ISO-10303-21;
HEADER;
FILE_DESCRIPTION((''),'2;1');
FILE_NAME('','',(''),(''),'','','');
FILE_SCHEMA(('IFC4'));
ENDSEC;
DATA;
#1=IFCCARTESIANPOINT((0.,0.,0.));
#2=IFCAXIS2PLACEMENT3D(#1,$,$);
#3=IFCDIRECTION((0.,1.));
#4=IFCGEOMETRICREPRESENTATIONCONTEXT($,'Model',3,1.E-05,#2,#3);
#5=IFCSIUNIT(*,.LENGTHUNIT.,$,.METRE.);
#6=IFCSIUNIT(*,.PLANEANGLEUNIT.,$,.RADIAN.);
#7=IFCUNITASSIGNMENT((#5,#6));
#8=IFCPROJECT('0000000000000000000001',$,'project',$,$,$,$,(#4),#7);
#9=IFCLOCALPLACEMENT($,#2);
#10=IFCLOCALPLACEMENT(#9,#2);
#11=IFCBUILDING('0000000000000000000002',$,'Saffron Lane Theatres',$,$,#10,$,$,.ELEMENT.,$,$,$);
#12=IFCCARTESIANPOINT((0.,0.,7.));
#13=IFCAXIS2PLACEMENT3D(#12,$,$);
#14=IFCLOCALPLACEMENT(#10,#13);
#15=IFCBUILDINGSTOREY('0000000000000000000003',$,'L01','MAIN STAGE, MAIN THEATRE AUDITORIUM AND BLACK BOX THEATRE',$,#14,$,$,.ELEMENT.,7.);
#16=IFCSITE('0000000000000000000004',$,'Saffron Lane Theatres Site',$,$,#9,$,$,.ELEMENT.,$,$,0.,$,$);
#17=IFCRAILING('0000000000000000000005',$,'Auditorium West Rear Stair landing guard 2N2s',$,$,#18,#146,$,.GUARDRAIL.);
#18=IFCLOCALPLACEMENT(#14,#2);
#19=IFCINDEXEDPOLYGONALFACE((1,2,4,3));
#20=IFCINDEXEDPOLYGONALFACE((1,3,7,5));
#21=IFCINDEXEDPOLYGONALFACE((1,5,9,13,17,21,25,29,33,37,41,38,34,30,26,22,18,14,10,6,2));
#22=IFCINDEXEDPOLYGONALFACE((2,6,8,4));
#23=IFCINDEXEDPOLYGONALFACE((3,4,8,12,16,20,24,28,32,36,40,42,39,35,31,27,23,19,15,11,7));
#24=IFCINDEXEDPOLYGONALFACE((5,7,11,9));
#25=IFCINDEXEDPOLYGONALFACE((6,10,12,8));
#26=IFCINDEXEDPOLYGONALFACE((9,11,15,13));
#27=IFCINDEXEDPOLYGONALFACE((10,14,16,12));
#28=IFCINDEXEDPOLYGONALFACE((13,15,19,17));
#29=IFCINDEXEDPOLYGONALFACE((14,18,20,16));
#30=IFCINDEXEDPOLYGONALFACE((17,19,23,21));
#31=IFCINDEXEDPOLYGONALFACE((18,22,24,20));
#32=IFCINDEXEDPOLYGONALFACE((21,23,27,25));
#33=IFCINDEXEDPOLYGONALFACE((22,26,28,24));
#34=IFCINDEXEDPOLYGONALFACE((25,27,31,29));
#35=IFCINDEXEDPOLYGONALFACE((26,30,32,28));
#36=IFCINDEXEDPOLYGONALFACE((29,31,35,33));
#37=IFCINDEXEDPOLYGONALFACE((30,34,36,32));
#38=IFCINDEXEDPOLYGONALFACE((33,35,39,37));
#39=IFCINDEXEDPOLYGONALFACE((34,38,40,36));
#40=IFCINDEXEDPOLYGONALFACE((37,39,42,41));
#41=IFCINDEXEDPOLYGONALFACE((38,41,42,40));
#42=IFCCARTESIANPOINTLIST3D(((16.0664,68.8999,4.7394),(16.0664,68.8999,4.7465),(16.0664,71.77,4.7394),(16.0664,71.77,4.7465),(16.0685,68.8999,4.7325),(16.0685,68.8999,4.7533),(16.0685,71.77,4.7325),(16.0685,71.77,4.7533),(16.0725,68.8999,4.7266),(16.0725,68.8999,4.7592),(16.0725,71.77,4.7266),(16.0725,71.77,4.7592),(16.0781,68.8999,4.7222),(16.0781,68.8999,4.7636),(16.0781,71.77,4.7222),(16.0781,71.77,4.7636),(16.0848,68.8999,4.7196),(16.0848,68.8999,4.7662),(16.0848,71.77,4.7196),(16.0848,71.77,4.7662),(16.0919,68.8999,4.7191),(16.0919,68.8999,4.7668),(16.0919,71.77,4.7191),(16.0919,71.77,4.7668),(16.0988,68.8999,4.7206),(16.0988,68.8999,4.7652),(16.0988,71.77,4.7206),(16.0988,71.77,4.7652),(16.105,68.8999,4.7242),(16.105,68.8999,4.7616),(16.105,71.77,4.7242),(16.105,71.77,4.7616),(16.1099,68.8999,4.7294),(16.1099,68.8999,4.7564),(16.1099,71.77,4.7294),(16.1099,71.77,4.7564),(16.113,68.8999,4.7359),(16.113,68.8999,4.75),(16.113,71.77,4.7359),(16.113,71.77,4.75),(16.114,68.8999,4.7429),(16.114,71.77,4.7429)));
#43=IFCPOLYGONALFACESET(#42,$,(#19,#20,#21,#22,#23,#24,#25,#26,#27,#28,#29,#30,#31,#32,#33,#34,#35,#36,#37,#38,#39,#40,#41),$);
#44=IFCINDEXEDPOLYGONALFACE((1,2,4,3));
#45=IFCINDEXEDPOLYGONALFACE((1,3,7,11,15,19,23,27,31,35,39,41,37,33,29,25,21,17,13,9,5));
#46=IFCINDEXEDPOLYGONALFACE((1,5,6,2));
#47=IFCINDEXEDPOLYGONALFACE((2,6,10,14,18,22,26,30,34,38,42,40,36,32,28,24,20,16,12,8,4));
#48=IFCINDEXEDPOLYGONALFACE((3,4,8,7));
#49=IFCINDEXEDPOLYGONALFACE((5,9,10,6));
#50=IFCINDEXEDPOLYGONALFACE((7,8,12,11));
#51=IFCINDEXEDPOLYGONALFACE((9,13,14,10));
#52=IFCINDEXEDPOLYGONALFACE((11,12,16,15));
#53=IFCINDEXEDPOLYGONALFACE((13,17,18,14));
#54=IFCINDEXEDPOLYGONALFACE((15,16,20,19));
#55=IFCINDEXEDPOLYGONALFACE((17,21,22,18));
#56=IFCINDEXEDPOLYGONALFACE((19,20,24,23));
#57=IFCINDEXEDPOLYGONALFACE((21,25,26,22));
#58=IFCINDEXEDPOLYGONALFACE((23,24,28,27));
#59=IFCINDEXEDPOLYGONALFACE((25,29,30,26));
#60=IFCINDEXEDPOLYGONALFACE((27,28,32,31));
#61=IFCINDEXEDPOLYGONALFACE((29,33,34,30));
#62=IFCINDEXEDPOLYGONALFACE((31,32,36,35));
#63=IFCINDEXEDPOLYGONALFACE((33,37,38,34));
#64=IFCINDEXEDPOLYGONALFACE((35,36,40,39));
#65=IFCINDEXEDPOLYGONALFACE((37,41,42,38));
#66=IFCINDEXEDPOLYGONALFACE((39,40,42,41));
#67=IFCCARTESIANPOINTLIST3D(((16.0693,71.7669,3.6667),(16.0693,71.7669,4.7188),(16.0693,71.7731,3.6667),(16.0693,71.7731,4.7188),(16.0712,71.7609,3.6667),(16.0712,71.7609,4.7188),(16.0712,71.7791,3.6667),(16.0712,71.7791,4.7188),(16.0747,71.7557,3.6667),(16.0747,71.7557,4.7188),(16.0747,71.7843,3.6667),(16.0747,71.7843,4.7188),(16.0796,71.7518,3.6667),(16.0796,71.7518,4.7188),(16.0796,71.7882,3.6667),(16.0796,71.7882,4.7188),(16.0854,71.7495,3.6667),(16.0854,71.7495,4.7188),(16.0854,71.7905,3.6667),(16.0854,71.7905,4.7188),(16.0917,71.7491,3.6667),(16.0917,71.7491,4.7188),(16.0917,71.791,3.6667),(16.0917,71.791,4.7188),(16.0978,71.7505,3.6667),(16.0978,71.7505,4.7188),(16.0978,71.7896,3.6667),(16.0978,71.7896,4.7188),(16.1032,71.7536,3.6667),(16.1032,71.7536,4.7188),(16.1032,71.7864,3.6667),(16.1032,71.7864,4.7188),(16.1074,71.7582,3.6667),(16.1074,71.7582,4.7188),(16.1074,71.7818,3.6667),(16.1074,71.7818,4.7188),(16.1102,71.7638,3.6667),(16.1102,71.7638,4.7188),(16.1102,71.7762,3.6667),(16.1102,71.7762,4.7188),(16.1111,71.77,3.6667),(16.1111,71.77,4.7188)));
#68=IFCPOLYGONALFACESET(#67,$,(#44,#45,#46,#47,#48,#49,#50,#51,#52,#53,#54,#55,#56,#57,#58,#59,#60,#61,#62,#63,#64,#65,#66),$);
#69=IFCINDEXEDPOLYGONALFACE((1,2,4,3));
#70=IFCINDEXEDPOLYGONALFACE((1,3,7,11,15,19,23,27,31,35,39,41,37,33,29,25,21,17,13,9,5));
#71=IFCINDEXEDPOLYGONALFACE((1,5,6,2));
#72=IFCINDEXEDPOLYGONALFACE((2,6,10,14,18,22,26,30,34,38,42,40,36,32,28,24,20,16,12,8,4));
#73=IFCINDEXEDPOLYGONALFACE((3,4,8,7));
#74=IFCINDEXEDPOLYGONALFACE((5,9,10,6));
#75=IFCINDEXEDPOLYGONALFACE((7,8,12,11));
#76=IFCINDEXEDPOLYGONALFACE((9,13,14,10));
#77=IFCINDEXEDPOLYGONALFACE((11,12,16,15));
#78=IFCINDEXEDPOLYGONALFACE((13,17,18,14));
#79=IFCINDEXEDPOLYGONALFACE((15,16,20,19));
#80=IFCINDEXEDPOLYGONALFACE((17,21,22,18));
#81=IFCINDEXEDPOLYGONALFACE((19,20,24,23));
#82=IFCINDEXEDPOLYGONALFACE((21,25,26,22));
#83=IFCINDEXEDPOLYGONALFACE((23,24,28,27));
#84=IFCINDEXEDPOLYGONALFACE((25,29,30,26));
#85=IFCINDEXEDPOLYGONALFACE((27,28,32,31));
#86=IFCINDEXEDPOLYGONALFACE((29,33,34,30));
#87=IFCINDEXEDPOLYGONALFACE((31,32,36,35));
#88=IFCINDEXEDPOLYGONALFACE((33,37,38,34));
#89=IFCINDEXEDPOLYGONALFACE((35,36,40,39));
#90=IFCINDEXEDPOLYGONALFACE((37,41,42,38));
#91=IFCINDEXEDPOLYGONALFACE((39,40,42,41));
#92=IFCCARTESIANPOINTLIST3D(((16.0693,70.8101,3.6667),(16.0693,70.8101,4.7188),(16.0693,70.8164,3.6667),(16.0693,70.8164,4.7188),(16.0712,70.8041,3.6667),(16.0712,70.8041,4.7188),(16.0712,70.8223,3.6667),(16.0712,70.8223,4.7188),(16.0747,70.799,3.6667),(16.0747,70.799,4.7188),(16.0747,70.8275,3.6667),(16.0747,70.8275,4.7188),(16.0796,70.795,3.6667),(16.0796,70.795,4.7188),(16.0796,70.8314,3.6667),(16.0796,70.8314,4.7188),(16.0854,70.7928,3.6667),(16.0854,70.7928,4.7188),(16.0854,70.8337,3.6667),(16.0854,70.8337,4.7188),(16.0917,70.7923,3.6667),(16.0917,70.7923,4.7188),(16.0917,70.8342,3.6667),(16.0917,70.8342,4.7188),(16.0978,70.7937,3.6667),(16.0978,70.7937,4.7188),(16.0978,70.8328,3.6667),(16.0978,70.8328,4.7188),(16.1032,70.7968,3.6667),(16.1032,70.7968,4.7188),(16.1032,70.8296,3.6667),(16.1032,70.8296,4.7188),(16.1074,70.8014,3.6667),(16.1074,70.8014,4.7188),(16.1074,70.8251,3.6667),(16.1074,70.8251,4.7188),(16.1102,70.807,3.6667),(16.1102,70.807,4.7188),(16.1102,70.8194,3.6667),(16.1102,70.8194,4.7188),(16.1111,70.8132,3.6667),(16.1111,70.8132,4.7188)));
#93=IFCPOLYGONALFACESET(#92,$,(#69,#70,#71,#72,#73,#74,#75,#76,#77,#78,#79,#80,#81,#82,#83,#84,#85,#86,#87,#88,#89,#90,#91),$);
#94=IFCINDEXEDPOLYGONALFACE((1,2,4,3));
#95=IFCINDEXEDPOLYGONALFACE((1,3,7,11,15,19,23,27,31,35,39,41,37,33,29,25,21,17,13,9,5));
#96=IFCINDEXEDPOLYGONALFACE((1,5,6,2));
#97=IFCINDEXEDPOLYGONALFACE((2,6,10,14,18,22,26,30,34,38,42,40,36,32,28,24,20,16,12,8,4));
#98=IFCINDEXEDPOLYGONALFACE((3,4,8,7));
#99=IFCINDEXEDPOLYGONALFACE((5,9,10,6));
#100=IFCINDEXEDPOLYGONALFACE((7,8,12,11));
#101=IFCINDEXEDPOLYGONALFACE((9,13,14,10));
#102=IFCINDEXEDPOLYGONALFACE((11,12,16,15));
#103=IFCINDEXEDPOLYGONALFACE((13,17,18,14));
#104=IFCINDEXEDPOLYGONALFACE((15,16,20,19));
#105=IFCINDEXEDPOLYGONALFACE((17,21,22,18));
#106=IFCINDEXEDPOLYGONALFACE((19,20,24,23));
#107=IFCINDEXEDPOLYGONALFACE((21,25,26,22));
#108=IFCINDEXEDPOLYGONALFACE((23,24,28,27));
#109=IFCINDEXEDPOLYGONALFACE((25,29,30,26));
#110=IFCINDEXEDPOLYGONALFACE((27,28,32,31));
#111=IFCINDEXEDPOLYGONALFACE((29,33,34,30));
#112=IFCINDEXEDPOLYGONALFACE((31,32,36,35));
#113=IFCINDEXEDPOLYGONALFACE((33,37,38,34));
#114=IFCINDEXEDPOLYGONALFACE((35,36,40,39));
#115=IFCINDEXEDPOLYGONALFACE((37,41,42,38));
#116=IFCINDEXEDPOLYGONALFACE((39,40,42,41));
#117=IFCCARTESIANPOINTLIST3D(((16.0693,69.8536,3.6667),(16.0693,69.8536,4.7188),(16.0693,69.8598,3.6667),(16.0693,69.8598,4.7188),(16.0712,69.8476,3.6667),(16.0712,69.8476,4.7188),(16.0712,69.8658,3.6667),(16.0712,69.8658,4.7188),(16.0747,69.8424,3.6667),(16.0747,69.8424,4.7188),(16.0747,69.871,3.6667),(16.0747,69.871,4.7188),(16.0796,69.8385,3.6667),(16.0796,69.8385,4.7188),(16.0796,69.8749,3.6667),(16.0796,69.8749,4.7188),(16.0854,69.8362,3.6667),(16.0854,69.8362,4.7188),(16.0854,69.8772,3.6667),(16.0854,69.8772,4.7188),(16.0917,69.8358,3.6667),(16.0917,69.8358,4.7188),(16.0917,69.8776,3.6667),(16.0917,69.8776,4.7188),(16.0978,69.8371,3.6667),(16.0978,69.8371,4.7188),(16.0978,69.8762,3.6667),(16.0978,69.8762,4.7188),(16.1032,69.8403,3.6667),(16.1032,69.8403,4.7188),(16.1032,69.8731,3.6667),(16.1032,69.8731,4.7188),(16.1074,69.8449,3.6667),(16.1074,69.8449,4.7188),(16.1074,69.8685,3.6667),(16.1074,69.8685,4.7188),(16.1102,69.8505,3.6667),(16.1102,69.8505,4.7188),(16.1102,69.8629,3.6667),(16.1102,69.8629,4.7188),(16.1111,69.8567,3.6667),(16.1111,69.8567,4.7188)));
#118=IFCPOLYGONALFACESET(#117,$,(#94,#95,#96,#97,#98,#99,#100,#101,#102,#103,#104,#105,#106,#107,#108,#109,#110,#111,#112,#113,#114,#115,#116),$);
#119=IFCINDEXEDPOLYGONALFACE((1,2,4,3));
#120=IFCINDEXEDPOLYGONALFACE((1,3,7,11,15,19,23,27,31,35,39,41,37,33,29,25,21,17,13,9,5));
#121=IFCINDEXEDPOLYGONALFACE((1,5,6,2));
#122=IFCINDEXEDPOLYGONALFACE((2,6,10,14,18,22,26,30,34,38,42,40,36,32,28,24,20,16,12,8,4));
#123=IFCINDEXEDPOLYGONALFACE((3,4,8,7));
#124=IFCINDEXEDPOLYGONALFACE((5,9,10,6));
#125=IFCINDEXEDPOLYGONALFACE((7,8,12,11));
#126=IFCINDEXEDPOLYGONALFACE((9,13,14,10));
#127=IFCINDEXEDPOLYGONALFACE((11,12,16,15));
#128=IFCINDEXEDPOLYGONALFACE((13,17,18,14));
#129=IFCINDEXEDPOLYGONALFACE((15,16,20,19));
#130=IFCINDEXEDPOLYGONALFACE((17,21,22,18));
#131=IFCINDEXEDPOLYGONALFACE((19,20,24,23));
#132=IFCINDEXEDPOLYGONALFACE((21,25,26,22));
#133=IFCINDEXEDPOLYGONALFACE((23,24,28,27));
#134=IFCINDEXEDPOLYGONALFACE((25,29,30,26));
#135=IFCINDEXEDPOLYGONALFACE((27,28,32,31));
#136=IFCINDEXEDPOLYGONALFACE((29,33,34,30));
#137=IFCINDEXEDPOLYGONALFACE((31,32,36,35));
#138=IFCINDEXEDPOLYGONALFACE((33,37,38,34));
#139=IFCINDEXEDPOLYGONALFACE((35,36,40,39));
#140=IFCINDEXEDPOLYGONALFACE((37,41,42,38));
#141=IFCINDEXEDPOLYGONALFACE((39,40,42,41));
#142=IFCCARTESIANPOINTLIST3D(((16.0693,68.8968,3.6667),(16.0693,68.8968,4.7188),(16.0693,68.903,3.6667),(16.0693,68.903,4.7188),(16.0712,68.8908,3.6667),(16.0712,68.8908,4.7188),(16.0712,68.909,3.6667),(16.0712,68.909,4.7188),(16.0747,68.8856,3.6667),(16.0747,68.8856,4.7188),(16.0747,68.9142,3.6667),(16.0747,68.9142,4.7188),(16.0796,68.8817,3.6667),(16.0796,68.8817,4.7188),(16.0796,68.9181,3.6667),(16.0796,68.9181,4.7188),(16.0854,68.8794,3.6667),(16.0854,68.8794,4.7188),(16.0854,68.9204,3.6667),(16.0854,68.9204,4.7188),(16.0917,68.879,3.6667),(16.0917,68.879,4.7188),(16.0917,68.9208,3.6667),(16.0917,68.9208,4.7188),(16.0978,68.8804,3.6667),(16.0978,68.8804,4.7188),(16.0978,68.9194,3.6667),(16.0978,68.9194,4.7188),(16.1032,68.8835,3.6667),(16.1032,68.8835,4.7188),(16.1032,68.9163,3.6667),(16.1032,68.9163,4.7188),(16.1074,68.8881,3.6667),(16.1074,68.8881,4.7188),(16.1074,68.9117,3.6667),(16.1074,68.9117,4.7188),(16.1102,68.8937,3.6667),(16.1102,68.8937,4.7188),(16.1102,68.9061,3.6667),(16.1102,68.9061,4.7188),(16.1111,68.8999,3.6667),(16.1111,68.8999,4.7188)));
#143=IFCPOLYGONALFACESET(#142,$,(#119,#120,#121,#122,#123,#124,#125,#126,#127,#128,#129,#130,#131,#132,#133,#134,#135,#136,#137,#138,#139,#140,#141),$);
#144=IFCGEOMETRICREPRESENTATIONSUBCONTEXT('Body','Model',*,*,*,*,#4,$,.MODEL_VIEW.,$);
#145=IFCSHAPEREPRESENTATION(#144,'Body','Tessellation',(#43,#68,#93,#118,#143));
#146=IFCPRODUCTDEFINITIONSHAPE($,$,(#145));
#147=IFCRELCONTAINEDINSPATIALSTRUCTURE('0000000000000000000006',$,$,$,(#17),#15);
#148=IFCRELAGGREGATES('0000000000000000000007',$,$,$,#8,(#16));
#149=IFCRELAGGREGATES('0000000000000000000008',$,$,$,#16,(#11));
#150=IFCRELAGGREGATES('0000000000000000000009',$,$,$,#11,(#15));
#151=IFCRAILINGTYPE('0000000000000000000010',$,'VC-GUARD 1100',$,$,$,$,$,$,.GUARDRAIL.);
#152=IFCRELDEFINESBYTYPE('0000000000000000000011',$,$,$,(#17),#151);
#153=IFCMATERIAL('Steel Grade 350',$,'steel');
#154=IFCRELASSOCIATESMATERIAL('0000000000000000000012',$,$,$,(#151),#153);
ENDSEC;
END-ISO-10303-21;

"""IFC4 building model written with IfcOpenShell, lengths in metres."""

from ifc_helpers import new_model, si_unit, direction, frame, origin, origin_2d, place, context, subcontext, project, spatial, circle, extrude, material, type_object, element, save


model = new_model("IFC4")

# Units and contexts
model_context = context("Model", 3, precision=1e-05, world=origin(), true_north=direction((0.0, 1.0)))
body_context = subcontext(model_context, "Body", "Model", "MODEL_VIEW")
ifc_project = project(units=[si_unit("LENGTHUNIT", "METRE"), si_unit("PLANEANGLEUNIT", "RADIAN")], contexts=[model_context])

# Site, building, storey
site_placement = place(None, origin())
site = spatial("IfcSite", under=ifc_project, at=site_placement, Name="Saffron Lane Theatres Site", CompositionType="ELEMENT", RefElevation=0.0)
building_placement = place(site_placement, origin())
building = spatial("IfcBuilding", under=site, at=building_placement, Name="Saffron Lane Theatres", CompositionType="ELEMENT")
storey_placement = place(building_placement, frame((0.0, 0.0, 7.0)))
storey = spatial("IfcBuildingStorey", under=building, at=storey_placement, Name="L01", Description="MAIN STAGE, MAIN THEATRE AUDITORIUM AND BLACK BOX THEATRE", CompositionType="ELEMENT", Elevation=7.0)

# Railing
ifc_material_1 = material(Name="Steel Grade 350", Category="steel")
railing_type_1 = type_object("IfcRailingType", Name="VC-GUARD 1100", PredefinedType="GUARDRAIL", material=ifc_material_1)
railing_1_placement = place(storey_placement, frame((16.0901, 71.77, 3.6667)))
element("IfcRailing", 1, at=railing_1_placement, inside=storey, type_object=railing_type_1, Name="Auditorium West Rear Stair landing guard 2N2s", PredefinedType="GUARDRAIL", context=body_context, shape_type="SweptSolid", body=[
    extrude(circle(Radius=0.0239, at=origin_2d()), frame((0.0, 0.0, 1.0762), z_axis=(0.0, -1.0, 0.0), x_axis=(1.0, 0.0, 0.0)), (0.0, 0.0, 1.0), 2.8701),
    extrude(circle(Radius=0.021, at=origin_2d()), origin(), (0.0, 0.0, 1.0), 1.052),
    extrude(circle(Radius=0.021, at=origin_2d()), frame((0.0, -0.9568, 0.0)), (0.0, 0.0, 1.0), 1.052),
    extrude(circle(Radius=0.021, at=origin_2d()), frame((0.0, -1.9133, 0.0)), (0.0, 0.0, 1.0), 1.052),
    extrude(circle(Radius=0.021, at=origin_2d()), frame((0.0, -2.8701, 0.0)), (0.0, 0.0, 1.0), 1.052),
])

save(model, "model.ifc")
